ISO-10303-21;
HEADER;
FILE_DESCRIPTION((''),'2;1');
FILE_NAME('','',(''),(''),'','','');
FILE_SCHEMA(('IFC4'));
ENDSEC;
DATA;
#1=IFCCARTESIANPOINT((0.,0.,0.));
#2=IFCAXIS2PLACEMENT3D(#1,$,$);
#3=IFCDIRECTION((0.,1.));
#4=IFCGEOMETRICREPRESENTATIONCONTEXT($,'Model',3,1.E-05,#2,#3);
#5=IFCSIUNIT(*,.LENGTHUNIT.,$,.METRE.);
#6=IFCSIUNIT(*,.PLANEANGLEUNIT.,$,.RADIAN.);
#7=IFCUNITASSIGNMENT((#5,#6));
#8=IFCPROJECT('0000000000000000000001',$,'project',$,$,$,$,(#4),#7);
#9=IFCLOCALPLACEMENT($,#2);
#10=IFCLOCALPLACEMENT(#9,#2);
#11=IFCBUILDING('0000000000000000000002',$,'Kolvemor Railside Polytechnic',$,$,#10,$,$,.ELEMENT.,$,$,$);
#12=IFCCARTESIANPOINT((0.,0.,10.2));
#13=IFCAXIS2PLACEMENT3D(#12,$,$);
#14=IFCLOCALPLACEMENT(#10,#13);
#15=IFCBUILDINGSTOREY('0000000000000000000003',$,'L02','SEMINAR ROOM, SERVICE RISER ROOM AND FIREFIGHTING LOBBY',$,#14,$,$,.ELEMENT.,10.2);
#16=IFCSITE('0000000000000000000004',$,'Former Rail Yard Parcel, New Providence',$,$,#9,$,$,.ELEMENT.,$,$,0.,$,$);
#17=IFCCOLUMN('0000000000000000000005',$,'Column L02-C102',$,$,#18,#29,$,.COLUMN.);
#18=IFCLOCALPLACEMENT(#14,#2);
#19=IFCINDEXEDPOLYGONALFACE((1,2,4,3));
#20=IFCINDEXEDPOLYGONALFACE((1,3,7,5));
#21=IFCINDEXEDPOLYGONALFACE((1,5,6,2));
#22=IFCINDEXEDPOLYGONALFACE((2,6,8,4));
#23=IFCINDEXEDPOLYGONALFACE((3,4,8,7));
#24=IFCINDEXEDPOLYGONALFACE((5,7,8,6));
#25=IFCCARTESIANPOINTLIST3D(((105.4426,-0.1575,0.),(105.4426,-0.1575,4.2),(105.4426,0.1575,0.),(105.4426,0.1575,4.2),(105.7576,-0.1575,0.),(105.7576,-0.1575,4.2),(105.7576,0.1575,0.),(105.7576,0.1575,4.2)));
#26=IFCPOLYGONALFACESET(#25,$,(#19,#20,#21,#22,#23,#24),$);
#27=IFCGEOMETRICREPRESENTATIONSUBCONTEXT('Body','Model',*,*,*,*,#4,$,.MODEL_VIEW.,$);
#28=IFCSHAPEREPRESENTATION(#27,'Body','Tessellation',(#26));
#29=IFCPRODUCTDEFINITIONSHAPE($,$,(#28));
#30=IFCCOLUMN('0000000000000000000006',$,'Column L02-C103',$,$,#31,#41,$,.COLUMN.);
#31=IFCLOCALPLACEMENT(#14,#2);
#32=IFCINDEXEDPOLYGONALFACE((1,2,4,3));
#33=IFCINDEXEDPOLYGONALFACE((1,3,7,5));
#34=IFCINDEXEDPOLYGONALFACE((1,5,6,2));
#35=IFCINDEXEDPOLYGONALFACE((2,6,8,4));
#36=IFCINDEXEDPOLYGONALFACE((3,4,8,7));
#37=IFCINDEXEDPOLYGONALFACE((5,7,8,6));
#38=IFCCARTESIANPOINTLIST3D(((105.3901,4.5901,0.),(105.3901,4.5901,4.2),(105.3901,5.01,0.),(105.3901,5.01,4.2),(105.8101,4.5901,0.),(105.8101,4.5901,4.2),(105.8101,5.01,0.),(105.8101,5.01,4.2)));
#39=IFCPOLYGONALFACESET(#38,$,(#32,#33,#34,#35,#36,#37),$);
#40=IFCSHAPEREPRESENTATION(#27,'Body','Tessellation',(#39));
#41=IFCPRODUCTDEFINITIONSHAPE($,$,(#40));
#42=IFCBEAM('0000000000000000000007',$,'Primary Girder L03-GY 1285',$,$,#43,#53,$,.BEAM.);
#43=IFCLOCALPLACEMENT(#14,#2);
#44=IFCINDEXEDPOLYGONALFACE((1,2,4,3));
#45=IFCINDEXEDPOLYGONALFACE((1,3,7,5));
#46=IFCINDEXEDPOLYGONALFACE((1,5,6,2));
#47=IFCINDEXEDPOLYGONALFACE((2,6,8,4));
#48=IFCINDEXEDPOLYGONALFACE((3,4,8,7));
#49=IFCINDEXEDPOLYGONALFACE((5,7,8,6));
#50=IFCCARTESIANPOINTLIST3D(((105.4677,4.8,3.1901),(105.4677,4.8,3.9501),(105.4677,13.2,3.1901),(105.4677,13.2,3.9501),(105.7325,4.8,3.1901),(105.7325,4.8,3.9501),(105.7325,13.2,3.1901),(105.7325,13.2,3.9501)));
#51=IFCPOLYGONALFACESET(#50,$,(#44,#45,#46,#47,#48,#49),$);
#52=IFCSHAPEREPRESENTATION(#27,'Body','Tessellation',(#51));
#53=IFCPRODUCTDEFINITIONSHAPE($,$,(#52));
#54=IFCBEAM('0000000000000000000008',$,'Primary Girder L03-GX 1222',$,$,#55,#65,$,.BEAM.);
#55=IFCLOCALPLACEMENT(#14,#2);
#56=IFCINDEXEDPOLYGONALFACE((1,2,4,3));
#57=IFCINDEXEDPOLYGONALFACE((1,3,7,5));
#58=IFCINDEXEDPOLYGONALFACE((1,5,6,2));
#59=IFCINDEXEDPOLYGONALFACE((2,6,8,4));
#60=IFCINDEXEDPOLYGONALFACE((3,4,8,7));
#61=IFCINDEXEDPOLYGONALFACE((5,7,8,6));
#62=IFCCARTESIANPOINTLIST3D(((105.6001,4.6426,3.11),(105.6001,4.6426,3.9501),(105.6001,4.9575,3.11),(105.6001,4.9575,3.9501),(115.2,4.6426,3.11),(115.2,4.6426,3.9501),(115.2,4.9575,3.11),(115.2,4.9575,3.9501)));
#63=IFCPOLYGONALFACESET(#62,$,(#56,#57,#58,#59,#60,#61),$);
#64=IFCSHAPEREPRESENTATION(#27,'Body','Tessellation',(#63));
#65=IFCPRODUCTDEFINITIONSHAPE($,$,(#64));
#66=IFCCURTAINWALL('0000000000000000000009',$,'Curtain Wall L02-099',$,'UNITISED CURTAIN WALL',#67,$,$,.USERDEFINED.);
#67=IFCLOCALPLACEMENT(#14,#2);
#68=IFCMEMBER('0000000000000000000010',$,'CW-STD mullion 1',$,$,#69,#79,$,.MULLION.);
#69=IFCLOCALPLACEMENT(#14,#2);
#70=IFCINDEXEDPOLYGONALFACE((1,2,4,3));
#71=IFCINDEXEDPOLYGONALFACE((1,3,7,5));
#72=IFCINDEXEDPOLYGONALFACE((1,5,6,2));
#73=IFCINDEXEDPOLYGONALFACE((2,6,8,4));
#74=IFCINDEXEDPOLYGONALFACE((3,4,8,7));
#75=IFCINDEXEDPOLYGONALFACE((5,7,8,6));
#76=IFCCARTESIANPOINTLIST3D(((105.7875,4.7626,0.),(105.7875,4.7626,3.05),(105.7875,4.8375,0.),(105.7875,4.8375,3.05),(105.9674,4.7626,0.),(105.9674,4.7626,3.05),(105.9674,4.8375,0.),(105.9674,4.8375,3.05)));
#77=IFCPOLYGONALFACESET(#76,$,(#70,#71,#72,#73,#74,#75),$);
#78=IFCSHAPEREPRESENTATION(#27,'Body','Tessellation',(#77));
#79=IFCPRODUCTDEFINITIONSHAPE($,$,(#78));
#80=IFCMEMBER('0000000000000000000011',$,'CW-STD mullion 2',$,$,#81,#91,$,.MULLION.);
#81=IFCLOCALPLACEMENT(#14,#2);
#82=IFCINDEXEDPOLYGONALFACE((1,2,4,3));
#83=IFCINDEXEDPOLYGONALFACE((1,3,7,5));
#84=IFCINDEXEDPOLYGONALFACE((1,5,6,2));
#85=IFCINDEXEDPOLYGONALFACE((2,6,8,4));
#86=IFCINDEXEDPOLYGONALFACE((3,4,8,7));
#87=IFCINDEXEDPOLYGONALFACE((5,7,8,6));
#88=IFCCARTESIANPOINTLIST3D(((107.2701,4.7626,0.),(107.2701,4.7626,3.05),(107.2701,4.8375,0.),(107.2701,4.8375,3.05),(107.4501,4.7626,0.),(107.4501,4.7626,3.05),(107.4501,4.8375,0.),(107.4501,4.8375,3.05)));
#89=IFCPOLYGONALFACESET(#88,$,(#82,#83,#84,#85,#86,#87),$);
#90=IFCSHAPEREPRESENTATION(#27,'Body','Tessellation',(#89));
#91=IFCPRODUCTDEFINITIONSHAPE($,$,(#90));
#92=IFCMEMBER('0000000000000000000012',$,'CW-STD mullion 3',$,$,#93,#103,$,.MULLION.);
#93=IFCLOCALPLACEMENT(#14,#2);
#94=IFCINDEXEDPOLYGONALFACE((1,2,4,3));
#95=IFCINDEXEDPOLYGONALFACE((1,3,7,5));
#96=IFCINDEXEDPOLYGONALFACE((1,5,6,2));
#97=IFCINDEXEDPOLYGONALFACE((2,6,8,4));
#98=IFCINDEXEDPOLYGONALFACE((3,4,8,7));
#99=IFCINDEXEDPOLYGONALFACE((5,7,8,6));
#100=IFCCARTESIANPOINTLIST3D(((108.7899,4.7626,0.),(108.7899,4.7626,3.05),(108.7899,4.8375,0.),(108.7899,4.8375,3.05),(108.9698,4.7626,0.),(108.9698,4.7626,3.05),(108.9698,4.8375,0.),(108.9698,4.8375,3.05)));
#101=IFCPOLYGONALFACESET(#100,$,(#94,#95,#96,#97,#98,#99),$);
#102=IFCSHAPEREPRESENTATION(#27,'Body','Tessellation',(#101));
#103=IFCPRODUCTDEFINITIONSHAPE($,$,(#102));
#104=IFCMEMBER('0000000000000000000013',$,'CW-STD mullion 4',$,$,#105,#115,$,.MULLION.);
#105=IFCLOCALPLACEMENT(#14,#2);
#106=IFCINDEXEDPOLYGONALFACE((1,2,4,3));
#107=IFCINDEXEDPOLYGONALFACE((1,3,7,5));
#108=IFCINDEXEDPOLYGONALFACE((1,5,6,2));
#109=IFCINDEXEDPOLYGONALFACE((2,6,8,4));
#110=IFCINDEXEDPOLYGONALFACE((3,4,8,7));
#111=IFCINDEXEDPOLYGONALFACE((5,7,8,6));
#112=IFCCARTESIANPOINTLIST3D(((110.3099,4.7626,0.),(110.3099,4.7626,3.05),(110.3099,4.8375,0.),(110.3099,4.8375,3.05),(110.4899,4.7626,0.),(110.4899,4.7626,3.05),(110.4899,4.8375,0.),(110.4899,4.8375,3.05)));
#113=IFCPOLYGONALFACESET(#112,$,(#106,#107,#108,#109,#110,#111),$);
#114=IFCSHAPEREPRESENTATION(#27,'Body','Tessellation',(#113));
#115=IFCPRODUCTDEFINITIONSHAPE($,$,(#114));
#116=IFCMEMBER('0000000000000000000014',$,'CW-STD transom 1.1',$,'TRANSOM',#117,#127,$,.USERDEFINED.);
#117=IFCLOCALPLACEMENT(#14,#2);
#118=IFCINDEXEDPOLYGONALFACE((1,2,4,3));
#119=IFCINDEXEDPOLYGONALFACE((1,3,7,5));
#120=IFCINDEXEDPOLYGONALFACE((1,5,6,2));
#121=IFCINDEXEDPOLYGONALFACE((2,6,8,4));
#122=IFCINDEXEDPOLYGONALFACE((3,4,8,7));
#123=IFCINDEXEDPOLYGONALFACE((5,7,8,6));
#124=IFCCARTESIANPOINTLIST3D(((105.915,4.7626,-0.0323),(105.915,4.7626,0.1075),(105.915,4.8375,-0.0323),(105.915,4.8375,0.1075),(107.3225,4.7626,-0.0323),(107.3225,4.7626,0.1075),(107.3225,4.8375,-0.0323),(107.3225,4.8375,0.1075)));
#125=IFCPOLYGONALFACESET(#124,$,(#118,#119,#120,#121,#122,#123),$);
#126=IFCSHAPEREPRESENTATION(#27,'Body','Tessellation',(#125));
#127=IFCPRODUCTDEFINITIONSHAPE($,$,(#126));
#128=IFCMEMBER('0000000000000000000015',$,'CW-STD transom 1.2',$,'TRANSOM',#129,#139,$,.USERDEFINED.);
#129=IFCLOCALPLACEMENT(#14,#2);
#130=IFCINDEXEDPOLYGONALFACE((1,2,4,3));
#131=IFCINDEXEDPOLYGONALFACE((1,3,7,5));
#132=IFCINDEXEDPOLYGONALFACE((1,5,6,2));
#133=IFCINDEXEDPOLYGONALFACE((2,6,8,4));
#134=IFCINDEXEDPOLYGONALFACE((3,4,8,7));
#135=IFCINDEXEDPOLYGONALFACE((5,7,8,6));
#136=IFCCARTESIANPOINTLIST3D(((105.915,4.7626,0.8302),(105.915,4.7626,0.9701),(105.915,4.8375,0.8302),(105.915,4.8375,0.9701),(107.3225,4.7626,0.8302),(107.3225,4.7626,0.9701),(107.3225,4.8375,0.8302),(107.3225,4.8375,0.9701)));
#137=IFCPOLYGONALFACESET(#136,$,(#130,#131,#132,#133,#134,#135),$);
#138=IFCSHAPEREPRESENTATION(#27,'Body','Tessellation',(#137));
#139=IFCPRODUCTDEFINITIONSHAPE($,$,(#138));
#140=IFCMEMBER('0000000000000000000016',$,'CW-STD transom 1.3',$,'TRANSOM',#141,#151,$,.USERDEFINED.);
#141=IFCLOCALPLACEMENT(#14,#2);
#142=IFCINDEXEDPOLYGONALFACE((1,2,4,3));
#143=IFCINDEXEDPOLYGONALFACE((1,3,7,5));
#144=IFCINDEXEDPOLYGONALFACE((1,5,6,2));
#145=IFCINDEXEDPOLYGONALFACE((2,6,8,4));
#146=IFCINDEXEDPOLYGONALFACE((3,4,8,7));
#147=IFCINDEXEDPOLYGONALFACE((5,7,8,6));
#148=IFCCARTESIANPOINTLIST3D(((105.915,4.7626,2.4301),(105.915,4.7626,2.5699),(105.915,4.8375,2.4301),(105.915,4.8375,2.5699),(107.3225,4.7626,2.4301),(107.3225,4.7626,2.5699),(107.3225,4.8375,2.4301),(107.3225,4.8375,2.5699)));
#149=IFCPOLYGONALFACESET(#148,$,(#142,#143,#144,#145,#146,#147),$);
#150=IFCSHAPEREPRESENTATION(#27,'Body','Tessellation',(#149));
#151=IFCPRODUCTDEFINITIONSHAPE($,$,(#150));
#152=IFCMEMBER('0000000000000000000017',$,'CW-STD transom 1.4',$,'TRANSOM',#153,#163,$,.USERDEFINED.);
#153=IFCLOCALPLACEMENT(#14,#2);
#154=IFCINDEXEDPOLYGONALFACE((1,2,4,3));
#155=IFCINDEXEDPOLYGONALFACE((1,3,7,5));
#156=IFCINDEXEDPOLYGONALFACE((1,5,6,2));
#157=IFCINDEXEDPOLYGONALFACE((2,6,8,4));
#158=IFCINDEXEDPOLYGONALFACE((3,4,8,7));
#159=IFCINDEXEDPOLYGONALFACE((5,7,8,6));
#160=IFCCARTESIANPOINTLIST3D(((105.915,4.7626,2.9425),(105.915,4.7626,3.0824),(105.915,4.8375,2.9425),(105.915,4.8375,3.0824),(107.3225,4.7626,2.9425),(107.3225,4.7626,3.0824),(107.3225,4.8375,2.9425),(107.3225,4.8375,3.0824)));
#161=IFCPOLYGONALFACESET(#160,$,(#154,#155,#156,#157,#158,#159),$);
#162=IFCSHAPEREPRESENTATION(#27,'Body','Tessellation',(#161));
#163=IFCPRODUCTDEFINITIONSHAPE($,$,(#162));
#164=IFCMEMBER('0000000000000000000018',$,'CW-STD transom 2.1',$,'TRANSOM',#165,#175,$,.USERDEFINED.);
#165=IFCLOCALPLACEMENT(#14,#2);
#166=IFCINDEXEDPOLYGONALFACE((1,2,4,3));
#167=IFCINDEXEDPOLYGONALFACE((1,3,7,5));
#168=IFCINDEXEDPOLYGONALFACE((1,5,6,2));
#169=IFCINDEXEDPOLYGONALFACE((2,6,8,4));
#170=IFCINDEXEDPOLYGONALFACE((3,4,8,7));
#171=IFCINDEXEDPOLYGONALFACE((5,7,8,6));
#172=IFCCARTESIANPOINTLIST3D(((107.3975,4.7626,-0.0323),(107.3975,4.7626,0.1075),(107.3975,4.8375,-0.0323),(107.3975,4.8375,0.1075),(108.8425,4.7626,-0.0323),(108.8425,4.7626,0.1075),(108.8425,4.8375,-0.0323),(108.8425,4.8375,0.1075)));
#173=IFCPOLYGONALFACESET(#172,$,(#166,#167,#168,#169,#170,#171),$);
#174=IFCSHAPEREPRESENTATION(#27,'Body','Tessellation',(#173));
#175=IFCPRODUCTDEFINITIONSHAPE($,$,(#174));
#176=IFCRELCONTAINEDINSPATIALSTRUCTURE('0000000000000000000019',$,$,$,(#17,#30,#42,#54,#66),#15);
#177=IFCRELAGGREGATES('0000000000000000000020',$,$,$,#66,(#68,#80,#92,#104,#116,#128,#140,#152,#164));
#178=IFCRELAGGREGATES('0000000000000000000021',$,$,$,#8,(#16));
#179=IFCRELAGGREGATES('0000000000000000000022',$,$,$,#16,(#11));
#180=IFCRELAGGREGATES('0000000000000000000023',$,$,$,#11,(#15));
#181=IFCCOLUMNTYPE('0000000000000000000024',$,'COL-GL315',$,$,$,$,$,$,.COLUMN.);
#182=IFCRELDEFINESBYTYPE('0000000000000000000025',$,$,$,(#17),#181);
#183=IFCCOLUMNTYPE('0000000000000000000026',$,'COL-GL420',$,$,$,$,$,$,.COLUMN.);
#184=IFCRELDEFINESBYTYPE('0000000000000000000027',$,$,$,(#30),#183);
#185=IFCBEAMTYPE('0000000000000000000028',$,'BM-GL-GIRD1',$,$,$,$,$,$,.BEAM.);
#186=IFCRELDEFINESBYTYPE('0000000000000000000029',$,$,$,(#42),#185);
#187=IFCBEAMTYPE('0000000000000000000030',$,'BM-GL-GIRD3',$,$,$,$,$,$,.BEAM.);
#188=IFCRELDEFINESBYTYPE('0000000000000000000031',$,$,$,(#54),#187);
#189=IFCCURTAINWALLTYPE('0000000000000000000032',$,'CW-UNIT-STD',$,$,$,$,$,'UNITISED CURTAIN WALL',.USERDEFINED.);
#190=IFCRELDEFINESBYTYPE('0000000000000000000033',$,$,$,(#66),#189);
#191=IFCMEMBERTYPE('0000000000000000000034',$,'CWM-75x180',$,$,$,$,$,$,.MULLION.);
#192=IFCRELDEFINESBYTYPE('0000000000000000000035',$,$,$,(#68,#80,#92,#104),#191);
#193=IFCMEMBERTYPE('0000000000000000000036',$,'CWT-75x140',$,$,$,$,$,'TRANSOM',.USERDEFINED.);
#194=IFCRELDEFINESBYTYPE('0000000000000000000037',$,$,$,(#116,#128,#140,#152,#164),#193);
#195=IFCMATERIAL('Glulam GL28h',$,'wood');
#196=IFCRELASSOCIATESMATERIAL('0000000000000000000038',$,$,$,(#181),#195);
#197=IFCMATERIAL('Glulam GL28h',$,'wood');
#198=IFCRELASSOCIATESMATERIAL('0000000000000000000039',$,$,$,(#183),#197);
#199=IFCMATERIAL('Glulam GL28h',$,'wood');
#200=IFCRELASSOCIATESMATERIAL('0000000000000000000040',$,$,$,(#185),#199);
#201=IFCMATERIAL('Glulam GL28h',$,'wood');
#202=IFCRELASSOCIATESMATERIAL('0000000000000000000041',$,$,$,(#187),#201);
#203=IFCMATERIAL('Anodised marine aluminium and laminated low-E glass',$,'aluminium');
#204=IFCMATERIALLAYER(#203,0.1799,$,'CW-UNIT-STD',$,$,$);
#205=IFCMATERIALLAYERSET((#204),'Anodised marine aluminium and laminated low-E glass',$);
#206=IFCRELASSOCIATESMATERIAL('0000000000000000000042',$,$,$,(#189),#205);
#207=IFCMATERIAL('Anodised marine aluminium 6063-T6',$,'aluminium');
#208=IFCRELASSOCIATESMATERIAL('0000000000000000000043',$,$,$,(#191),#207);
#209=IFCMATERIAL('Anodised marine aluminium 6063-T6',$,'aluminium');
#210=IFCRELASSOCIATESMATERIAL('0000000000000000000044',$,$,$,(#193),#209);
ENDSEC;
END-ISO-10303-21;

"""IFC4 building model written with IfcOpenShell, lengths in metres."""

from ifc_helpers import new_model, si_unit, direction, frame, origin, origin_2d, place, context, subcontext, project, spatial, rectangle, extrude, material, layer, layer_set, material_profile, profile_set, type_object, element, aggregate, save


model = new_model("IFC4")

# Units and contexts
model_context = context("Model", 3, precision=1e-05, world=origin(), true_north=direction((0.0, 1.0)))
body_context = subcontext(model_context, "Body", "Model", "MODEL_VIEW")
ifc_project = project(units=[si_unit("LENGTHUNIT", "METRE"), si_unit("PLANEANGLEUNIT", "RADIAN")], contexts=[model_context])

# Site, building, storey
site_placement = place(None, origin())
site = spatial("IfcSite", under=ifc_project, at=site_placement, Name="Former Rail Yard Parcel, New Providence", CompositionType="ELEMENT", RefElevation=0.0)
building_placement = place(site_placement, origin())
building = spatial("IfcBuilding", under=site, at=building_placement, Name="Kolvemor Railside Polytechnic", CompositionType="ELEMENT")
storey_placement = place(building_placement, frame((0.0, 0.0, 10.2)))
storey = spatial("IfcBuildingStorey", under=building, at=storey_placement, Name="L02", Description="SEMINAR ROOM, SERVICE RISER ROOM AND FIREFIGHTING LOBBY", CompositionType="ELEMENT", Elevation=10.2)

# Columns
ifc_material_1 = material(Name="Glulam GL28h", Category="wood")
ifc_material_profile_1 = material_profile(ifc_material_1, rectangle(XDim=0.3149, YDim=0.3149, at=origin_2d()), Name="GL315x315")
ifc_profile_set_1 = profile_set([ifc_material_profile_1], Name="Glulam GL28h")
column_type_1 = type_object("IfcColumnType", Name="COL-GL315", PredefinedType="COLUMN", material=ifc_profile_set_1)
column_1_placement = place(storey_placement, frame((105.6001, 0.0, 0.0), z_axis=(0.0, 0.0, 1.0), x_axis=(1.0, 0.0, 0.0)))
element("IfcColumn", 1, at=column_1_placement, inside=storey, type_object=column_type_1, Name="Column L02-C102", PredefinedType="COLUMN", context=body_context, shape_type="SweptSolid", body=[
    extrude(rectangle(XDim=0.3149, YDim=0.3149, at=origin_2d()), origin(), (0.0, 0.0, 1.0), 4.2),
])
ifc_material_2 = material(Name="Glulam GL28h", Category="wood")
ifc_material_profile_2 = material_profile(ifc_material_2, rectangle(XDim=0.4199, YDim=0.4199, at=origin_2d()), Name="GL420x420")
ifc_profile_set_2 = profile_set([ifc_material_profile_2], Name="Glulam GL28h")
column_type_2 = type_object("IfcColumnType", Name="COL-GL420", PredefinedType="COLUMN", material=ifc_profile_set_2)
column_2_placement = place(storey_placement, frame((105.6001, 4.8, 0.0), z_axis=(0.0, 0.0, 1.0), x_axis=(1.0, 0.0, 0.0)))
element("IfcColumn", 2, at=column_2_placement, inside=storey, type_object=column_type_2, Name="Column L02-C103", PredefinedType="COLUMN", context=body_context, shape_type="SweptSolid", body=[
    extrude(rectangle(XDim=0.4199, YDim=0.4199, at=origin_2d()), origin(), (0.0, 0.0, 1.0), 4.2),
])

# Beams
ifc_material_3 = material(Name="Glulam GL28h", Category="wood")
ifc_material_profile_3 = material_profile(ifc_material_3, rectangle(XDim=0.2649, YDim=0.76, at=origin_2d()), Name="GL265x760")
ifc_profile_set_3 = profile_set([ifc_material_profile_3], Name="Glulam GL28h")
beam_type_1 = type_object("IfcBeamType", Name="BM-GL-GIRD1", PredefinedType="BEAM", material=ifc_profile_set_3)
beam_1_placement = place(storey_placement, frame((105.6001, 4.8, 3.5701), z_axis=(0.0, 1.0, 0.0), x_axis=(-1.0, 0.0, 0.0)))
element("IfcBeam", 3, at=beam_1_placement, inside=storey, type_object=beam_type_1, Name="Primary Girder L03-GY 1285", PredefinedType="BEAM", context=body_context, shape_type="SweptSolid", body=[
    extrude(rectangle(XDim=0.2649, YDim=0.76, at=origin_2d()), origin(), (0.0, 0.0, 1.0), 8.3999),
])
ifc_material_4 = material(Name="Glulam GL28h", Category="wood")
ifc_material_profile_4 = material_profile(ifc_material_4, rectangle(XDim=0.3149, YDim=0.8401, at=origin_2d()), Name="GL315x840")
ifc_profile_set_4 = profile_set([ifc_material_profile_4], Name="Glulam GL28h")
beam_type_2 = type_object("IfcBeamType", Name="BM-GL-GIRD3", PredefinedType="BEAM", material=ifc_profile_set_4)
beam_2_placement = place(storey_placement, frame((105.6001, 4.8, 3.53), z_axis=(1.0, 0.0, 0.0), x_axis=(0.0, 1.0, 0.0)))
element("IfcBeam", 4, at=beam_2_placement, inside=storey, type_object=beam_type_2, Name="Primary Girder L03-GX 1222", PredefinedType="BEAM", context=body_context, shape_type="SweptSolid", body=[
    extrude(rectangle(XDim=0.3149, YDim=0.8401, at=origin_2d()), origin(), (0.0, 0.0, 1.0), 9.5999),
])

# Curtain wall, members
ifc_material_5 = material(Name="Anodised marine aluminium and laminated low-E glass", Category="aluminium")
ifc_layer_1 = layer(ifc_material_5, 0.1799, Name="CW-UNIT-STD")
ifc_layer_set_1 = layer_set([ifc_layer_1], Name="Anodised marine aluminium and laminated low-E glass")
curtain_wall_type = type_object("IfcCurtainWallType", Name="CW-UNIT-STD", ElementType="UNITISED CURTAIN WALL", PredefinedType="USERDEFINED", material=ifc_layer_set_1)
curtain_wall_placement = place(storey_placement, origin())
curtain_wall = element("IfcCurtainWall", 5, at=curtain_wall_placement, inside=storey, type_object=curtain_wall_type, Name="Curtain Wall L02-099", ObjectType="UNITISED CURTAIN WALL", PredefinedType="USERDEFINED")
ifc_material_6 = material(Name="Anodised marine aluminium 6063-T6", Category="aluminium")
ifc_material_profile_5 = material_profile(ifc_material_6, rectangle(XDim=0.075, YDim=0.1799, at=origin_2d()), Name="CW-MUL-75x180")
ifc_profile_set_5 = profile_set([ifc_material_profile_5], Name="Anodised marine aluminium 6063-T6")
member_type_1 = type_object("IfcMemberType", Name="CWM-75x180", PredefinedType="MULLION", material=ifc_profile_set_5)
member_1_placement = place(storey_placement, frame((105.8774, 4.8, 0.0), z_axis=(0.0, 0.0, 1.0), x_axis=(0.0, 1.0, 0.0)))
member_1 = element("IfcMember", 6, at=member_1_placement, type_object=member_type_1, Name="CW-STD mullion 1", PredefinedType="MULLION", context=body_context, shape_type="SweptSolid", body=[
    extrude(rectangle(XDim=0.075, YDim=0.1799, at=origin_2d()), origin(), (0.0, 0.0, 1.0), 3.05),
])
member_2_placement = place(storey_placement, frame((107.3601, 4.8, 0.0), z_axis=(0.0, 0.0, 1.0), x_axis=(0.0, 1.0, 0.0)))
member_2 = element("IfcMember", 7, at=member_2_placement, type_object=member_type_1, Name="CW-STD mullion 2", PredefinedType="MULLION", context=body_context, shape_type="SweptSolid", body=[
    extrude(rectangle(XDim=0.075, YDim=0.1799, at=origin_2d()), origin(), (0.0, 0.0, 1.0), 3.05),
])
member_3_placement = place(storey_placement, frame((108.8799, 4.8, 0.0), z_axis=(0.0, 0.0, 1.0), x_axis=(0.0, 1.0, 0.0)))
member_3 = element("IfcMember", 8, at=member_3_placement, type_object=member_type_1, Name="CW-STD mullion 3", PredefinedType="MULLION", context=body_context, shape_type="SweptSolid", body=[
    extrude(rectangle(XDim=0.075, YDim=0.1799, at=origin_2d()), origin(), (0.0, 0.0, 1.0), 3.05),
])
member_4_placement = place(storey_placement, frame((110.3999, 4.8, 0.0), z_axis=(0.0, 0.0, 1.0), x_axis=(0.0, 1.0, 0.0)))
member_4 = element("IfcMember", 9, at=member_4_placement, type_object=member_type_1, Name="CW-STD mullion 4", PredefinedType="MULLION", context=body_context, shape_type="SweptSolid", body=[
    extrude(rectangle(XDim=0.075, YDim=0.1799, at=origin_2d()), origin(), (0.0, 0.0, 1.0), 3.05),
])
ifc_material_7 = material(Name="Anodised marine aluminium 6063-T6", Category="aluminium")
ifc_material_profile_6 = material_profile(ifc_material_7, rectangle(XDim=0.075, YDim=0.1399, at=origin_2d()), Name="CW-TRN-75x140")
ifc_profile_set_6 = profile_set([ifc_material_profile_6], Name="Anodised marine aluminium 6063-T6")
member_type_2 = type_object("IfcMemberType", Name="CWT-75x140", ElementType="TRANSOM", PredefinedType="USERDEFINED", material=ifc_profile_set_6)
member_5_placement = place(storey_placement, frame((105.915, 4.8, 0.0376), z_axis=(1.0, 0.0, 0.0), x_axis=(0.0, 1.0, 0.0)))
member_5 = element("IfcMember", 10, at=member_5_placement, type_object=member_type_2, Name="CW-STD transom 1.1", ObjectType="TRANSOM", PredefinedType="USERDEFINED", context=body_context, shape_type="SweptSolid", body=[
    extrude(rectangle(XDim=0.075, YDim=0.1399, at=origin_2d()), origin(), (0.0, 0.0, 1.0), 1.4075),
])
member_6_placement = place(storey_placement, frame((105.915, 4.8, 0.9001), z_axis=(1.0, 0.0, 0.0), x_axis=(0.0, 1.0, 0.0)))
member_6 = element("IfcMember", 11, at=member_6_placement, type_object=member_type_2, Name="CW-STD transom 1.2", ObjectType="TRANSOM", PredefinedType="USERDEFINED", context=body_context, shape_type="SweptSolid", body=[
    extrude(rectangle(XDim=0.075, YDim=0.1399, at=origin_2d()), origin(), (0.0, 0.0, 1.0), 1.4075),
])
member_7_placement = place(storey_placement, frame((105.915, 4.8, 2.5), z_axis=(1.0, 0.0, 0.0), x_axis=(0.0, 1.0, 0.0)))
member_7 = element("IfcMember", 12, at=member_7_placement, type_object=member_type_2, Name="CW-STD transom 1.3", ObjectType="TRANSOM", PredefinedType="USERDEFINED", context=body_context, shape_type="SweptSolid", body=[
    extrude(rectangle(XDim=0.075, YDim=0.1399, at=origin_2d()), origin(), (0.0, 0.0, 1.0), 1.4075),
])
member_8_placement = place(storey_placement, frame((105.915, 4.8, 3.0125), z_axis=(1.0, 0.0, 0.0), x_axis=(0.0, 1.0, 0.0)))
member_8 = element("IfcMember", 13, at=member_8_placement, type_object=member_type_2, Name="CW-STD transom 1.4", ObjectType="TRANSOM", PredefinedType="USERDEFINED", context=body_context, shape_type="SweptSolid", body=[
    extrude(rectangle(XDim=0.075, YDim=0.1399, at=origin_2d()), origin(), (0.0, 0.0, 1.0), 1.4075),
])
member_9_placement = place(storey_placement, frame((107.3975, 4.8, 0.0376), z_axis=(1.0, 0.0, 0.0), x_axis=(0.0, 1.0, 0.0)))
member_9 = element("IfcMember", 14, at=member_9_placement, type_object=member_type_2, Name="CW-STD transom 2.1", ObjectType="TRANSOM", PredefinedType="USERDEFINED", context=body_context, shape_type="SweptSolid", body=[
    extrude(rectangle(XDim=0.075, YDim=0.1399, at=origin_2d()), origin(), (0.0, 0.0, 1.0), 1.4451),
])
aggregate(curtain_wall, [member_1, member_2, member_3, member_4, member_5, member_6, member_7, member_8, member_9])

save(model, "model.ifc")
